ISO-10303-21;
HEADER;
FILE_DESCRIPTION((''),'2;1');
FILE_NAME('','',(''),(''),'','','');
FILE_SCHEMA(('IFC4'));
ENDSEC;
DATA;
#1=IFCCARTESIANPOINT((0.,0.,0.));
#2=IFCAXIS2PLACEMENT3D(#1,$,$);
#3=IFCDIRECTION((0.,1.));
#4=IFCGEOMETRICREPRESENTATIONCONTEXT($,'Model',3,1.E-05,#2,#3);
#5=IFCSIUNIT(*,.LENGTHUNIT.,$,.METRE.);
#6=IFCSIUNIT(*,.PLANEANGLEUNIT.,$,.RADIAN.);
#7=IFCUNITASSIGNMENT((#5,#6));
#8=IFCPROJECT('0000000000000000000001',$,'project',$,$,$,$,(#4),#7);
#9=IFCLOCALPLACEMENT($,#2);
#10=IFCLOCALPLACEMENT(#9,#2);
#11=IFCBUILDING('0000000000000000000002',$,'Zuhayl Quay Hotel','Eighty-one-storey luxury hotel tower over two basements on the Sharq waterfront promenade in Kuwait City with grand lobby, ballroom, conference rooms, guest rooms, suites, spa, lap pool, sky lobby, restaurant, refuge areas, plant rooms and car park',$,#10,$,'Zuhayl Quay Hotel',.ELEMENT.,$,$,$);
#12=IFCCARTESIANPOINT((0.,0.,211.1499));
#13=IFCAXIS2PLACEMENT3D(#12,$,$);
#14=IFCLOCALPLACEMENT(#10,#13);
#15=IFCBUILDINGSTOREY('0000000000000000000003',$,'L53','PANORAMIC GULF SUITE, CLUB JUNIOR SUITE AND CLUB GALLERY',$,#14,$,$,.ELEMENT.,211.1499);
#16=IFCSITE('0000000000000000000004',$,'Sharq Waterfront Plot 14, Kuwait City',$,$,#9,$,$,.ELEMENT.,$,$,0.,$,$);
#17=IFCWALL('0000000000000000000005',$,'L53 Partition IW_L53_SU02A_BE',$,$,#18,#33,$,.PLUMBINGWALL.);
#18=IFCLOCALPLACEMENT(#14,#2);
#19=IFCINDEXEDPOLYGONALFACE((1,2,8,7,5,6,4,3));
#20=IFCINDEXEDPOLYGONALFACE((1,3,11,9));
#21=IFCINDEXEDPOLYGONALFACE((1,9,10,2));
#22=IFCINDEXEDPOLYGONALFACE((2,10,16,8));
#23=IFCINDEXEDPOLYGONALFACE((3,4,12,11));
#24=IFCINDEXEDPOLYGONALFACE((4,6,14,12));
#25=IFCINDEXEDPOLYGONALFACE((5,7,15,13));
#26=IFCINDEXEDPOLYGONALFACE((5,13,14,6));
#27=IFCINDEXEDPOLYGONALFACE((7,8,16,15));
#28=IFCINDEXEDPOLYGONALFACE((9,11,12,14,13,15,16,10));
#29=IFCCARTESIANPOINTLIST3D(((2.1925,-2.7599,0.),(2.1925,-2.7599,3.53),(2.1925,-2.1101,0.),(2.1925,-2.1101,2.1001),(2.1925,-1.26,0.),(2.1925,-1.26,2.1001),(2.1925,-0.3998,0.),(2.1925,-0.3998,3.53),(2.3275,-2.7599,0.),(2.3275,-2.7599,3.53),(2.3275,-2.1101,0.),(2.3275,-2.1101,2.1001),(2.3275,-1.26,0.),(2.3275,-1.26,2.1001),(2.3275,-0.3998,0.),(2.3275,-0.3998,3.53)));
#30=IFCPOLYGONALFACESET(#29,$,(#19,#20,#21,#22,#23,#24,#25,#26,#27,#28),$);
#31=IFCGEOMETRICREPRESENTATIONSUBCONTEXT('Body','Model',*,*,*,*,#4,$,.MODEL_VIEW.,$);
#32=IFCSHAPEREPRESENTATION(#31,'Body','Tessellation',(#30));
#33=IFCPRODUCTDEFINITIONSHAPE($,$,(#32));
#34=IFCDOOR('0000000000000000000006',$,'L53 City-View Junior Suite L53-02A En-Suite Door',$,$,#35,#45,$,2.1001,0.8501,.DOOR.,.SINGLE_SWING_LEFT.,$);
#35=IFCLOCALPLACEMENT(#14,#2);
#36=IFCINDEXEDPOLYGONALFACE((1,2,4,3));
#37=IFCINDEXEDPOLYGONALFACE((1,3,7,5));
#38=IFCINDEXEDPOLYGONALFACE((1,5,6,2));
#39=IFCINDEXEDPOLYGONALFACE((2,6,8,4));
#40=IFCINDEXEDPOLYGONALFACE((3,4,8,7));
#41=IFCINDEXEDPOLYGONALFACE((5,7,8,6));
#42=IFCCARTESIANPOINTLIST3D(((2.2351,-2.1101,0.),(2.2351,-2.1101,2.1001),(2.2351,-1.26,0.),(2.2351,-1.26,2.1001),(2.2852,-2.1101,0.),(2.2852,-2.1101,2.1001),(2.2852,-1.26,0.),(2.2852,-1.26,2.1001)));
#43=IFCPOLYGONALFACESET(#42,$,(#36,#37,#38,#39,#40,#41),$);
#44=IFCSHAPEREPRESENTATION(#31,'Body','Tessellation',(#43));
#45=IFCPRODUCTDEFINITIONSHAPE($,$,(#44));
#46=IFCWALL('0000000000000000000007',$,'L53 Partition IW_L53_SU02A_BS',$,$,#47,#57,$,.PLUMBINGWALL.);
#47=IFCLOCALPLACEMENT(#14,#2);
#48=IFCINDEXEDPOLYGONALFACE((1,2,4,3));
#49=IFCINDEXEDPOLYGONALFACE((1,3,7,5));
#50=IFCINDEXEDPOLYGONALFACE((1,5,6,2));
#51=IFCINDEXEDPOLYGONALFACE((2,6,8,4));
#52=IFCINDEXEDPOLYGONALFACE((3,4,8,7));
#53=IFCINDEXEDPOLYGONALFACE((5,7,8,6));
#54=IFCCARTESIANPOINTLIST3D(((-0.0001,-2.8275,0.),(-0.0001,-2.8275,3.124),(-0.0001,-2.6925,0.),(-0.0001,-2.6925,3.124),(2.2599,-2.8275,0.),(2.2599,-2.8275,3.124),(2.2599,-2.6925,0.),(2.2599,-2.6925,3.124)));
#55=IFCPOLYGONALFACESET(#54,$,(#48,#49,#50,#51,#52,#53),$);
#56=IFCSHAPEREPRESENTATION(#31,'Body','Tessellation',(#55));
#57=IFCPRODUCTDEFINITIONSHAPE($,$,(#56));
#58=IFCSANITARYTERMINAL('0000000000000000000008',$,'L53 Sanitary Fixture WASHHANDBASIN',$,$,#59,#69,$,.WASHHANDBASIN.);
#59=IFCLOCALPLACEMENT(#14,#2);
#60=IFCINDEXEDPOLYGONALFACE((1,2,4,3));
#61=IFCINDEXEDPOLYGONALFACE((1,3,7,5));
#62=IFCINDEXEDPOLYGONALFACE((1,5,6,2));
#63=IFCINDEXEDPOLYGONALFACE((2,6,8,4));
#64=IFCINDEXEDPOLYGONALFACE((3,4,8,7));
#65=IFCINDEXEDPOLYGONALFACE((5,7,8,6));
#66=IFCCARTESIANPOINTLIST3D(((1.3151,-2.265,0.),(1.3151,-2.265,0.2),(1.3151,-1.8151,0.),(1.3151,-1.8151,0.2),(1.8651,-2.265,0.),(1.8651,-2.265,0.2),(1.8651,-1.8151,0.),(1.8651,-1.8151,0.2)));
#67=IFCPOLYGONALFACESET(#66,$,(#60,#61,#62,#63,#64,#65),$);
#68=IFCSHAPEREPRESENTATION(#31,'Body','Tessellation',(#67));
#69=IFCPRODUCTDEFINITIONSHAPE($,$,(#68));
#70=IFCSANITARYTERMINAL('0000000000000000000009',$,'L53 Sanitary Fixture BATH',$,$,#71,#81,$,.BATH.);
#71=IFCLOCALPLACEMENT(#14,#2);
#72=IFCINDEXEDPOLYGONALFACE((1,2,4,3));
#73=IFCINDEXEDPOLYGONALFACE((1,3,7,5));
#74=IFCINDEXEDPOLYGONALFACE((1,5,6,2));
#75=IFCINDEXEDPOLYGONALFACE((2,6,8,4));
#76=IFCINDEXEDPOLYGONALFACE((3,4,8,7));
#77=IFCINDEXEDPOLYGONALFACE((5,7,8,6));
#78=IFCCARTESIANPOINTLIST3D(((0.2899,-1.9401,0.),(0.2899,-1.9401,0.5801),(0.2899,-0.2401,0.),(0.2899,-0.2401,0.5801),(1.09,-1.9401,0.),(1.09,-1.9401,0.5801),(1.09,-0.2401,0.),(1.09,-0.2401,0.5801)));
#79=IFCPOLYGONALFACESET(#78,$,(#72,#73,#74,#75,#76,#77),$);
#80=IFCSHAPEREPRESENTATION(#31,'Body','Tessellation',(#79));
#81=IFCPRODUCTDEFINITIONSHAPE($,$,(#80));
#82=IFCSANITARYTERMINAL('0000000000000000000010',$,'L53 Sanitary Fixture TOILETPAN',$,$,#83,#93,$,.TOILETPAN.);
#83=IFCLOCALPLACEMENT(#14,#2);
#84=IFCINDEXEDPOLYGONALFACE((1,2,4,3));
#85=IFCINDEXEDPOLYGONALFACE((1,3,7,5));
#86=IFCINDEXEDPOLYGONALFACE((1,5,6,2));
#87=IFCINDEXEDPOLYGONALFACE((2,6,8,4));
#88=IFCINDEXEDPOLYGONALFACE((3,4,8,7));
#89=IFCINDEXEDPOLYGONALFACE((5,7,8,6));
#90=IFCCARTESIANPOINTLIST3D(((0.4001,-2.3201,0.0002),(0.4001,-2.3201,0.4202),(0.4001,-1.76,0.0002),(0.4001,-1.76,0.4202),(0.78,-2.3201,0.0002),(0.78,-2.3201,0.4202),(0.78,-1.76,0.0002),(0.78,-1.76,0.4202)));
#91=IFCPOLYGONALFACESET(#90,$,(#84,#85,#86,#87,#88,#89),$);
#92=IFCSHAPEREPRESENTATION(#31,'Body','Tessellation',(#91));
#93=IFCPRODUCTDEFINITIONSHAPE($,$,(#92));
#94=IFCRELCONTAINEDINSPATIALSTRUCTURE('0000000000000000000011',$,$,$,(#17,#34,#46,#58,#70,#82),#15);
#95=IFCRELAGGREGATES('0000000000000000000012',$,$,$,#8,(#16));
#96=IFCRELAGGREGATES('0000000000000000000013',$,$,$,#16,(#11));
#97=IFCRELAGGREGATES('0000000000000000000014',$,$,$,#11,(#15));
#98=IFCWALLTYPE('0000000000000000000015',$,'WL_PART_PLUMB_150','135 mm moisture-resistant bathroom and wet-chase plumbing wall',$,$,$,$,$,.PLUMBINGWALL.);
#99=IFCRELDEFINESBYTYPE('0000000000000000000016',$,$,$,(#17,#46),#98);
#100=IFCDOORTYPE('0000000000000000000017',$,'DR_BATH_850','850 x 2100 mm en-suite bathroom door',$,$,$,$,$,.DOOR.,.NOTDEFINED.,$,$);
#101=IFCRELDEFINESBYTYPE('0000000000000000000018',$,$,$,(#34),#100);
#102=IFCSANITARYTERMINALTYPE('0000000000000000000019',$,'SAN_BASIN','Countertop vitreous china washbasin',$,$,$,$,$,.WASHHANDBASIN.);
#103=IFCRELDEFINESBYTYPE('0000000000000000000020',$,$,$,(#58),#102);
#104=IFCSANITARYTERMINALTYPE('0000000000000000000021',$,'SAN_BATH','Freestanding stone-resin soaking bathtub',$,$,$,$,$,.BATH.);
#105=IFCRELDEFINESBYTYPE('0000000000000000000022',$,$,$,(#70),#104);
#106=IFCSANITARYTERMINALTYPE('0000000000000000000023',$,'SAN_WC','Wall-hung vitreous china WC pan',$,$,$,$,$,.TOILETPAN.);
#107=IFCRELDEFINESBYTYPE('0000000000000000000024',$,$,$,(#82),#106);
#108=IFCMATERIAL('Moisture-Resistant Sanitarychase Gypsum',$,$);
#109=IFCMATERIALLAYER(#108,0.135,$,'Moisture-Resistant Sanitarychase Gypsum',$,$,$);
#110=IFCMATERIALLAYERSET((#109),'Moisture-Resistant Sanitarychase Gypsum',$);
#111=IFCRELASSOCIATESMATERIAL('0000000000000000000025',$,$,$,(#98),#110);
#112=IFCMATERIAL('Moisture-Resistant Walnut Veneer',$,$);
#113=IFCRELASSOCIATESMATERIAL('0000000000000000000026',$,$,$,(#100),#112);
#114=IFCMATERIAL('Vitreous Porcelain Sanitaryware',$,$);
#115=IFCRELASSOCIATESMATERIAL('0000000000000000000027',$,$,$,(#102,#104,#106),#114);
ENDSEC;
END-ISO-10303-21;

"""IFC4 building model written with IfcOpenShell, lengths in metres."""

from ifc_helpers import new_model, si_unit, direction, frame, frame_2d, origin, origin_2d, place, context, subcontext, project, spatial, rectangle, extrude, material, layer, layer_set, type_object, element, fill, save


model = new_model("IFC4")

# Units and contexts
model_context = context("Model", 3, precision=1e-05, world=origin(), true_north=direction((0.0, 1.0)))
body_context = subcontext(model_context, "Body", "Model", "MODEL_VIEW")
ifc_project = project(units=[si_unit("LENGTHUNIT", "METRE"), si_unit("PLANEANGLEUNIT", "RADIAN")], contexts=[model_context])

# Site, building, storey
site_placement = place(None, origin())
site = spatial("IfcSite", under=ifc_project, at=site_placement, Name="Sharq Waterfront Plot 14, Kuwait City", CompositionType="ELEMENT", RefElevation=0.0)
building_placement = place(site_placement, origin())
building = spatial("IfcBuilding", under=site, at=building_placement, Name="Zuhayl Quay Hotel", Description="Eighty-one-storey luxury hotel tower over two basements on the Sharq waterfront promenade in Kuwait City with grand lobby, ballroom, conference rooms, guest rooms, suites, spa, lap pool, sky lobby, restaurant, refuge areas, plant rooms and car park", LongName="Zuhayl Quay Hotel", CompositionType="ELEMENT")
storey_placement = place(building_placement, frame((0.0, 0.0, 211.1499)))
storey = spatial("IfcBuildingStorey", under=building, at=storey_placement, Name="L53", Description="PANORAMIC GULF SUITE, CLUB JUNIOR SUITE AND CLUB GALLERY", CompositionType="ELEMENT", Elevation=211.1499)

# Wall, opening, door
ifc_material_1 = material(Name="Moisture-Resistant Sanitarychase Gypsum")
ifc_layer_1 = layer(ifc_material_1, 0.135, Name="Moisture-Resistant Sanitarychase Gypsum")
ifc_layer_set_1 = layer_set([ifc_layer_1], Name="Moisture-Resistant Sanitarychase Gypsum")
wall_type_1 = type_object("IfcWallType", Name="WL_PART_PLUMB_150", Description="135 mm moisture-resistant bathroom and wet-chase plumbing wall", PredefinedType="PLUMBINGWALL", material=ifc_layer_set_1)
wall_1_placement = place(storey_placement, frame((2.26, -2.76, 0.0), z_axis=(0.0, 0.0, 1.0), x_axis=(0.0, 1.0, 0.0)))
wall_1 = element("IfcWall", 1, at=wall_1_placement, inside=storey, type_object=wall_type_1, Name="L53 Partition IW_L53_SU02A_BE", PredefinedType="PLUMBINGWALL", context=body_context, shape_type="SweptSolid", body=[
    extrude(rectangle(XDim=2.3601, YDim=0.135, at=frame_2d((1.1802, 0.0))), origin(), (0.0, 0.0, 1.0), 3.53),
])
opening_1_placement = place(wall_1_placement, frame((0.6499, 0.0, 0.0)))
opening_1 = element("IfcOpeningElement", 2, at=opening_1_placement, cuts=wall_1, PredefinedType="OPENING", context=body_context, shape_type="SweptSolid", body=[
    extrude(rectangle(XDim=0.8501, YDim=2.1001, at=frame_2d((0.425, 1.05))), frame((0.0, 0.0774, 0.0), z_axis=(0.0, -1.0, 0.0), x_axis=(1.0, 0.0, 0.0)), (0.0, 0.0, 1.0), 0.155),
])
ifc_material_2 = material(Name="Moisture-Resistant Walnut Veneer")
door_type_1 = type_object("IfcDoorType", Name="DR_BATH_850", Description="850 x 2100 mm en-suite bathroom door", OperationType="NOTDEFINED", PredefinedType="DOOR", material=ifc_material_2)
door_1_placement = place(opening_1_placement, origin())
door_1 = element("IfcDoor", 3, at=door_1_placement, inside=storey, type_object=door_type_1, Name="L53 City-View Junior Suite L53-02A En-Suite Door", OperationType="SINGLE_SWING_LEFT", OverallHeight=2.1001, OverallWidth=0.8501, PredefinedType="DOOR", context=body_context, shape_type="SweptSolid", body=[
    extrude(rectangle(XDim=0.8501, YDim=2.1001, at=frame_2d((0.425, 1.05))), frame((0.0, 0.0249, 0.0), z_axis=(0.0, -1.0, 0.0), x_axis=(1.0, 0.0, 0.0)), (0.0, 0.0, 1.0), 0.05),
])
fill(opening_1, door_1)

# Wall
wall_2_placement = place(storey_placement, frame((0.0, -2.76, 0.0), z_axis=(0.0, 0.0, 1.0), x_axis=(1.0, 0.0, 0.0)))
element("IfcWall", 4, at=wall_2_placement, inside=storey, type_object=wall_type_1, Name="L53 Partition IW_L53_SU02A_BS", PredefinedType="PLUMBINGWALL", context=body_context, shape_type="SweptSolid", body=[
    extrude(rectangle(XDim=2.26, YDim=0.135, at=frame_2d((1.1299, 0.0))), origin(), (0.0, 0.0, 1.0), 3.124),
])

# Sanitary terminals
ifc_material_3 = material(Name="Vitreous Porcelain Sanitaryware")
sanitary_terminal_type_1 = type_object("IfcSanitaryTerminalType", Name="SAN_BASIN", Description="Countertop vitreous china washbasin", PredefinedType="WASHHANDBASIN", material=ifc_material_3)
sanitary_terminal_1_placement = place(storey_placement, frame((1.5901, -2.04, 0.0), z_axis=(0.0, 0.0, 1.0), x_axis=(1.0, 0.0, 0.0)))
element("IfcSanitaryTerminal", 5, at=sanitary_terminal_1_placement, inside=storey, type_object=sanitary_terminal_type_1, Name="L53 Sanitary Fixture WASHHANDBASIN", PredefinedType="WASHHANDBASIN", context=body_context, shape_type="SweptSolid", body=[
    extrude(rectangle(XDim=0.55, YDim=0.45, at=origin_2d()), origin(), (0.0, 0.0, 1.0), 0.2),
])
sanitary_terminal_type_2 = type_object("IfcSanitaryTerminalType", Name="SAN_BATH", Description="Freestanding stone-resin soaking bathtub", PredefinedType="BATH", material=ifc_material_3)
sanitary_terminal_2_placement = place(storey_placement, frame((0.6899, -1.0901, 0.0), z_axis=(0.0, 0.0, 1.0), x_axis=(1.0, 0.0, 0.0)))
element("IfcSanitaryTerminal", 6, at=sanitary_terminal_2_placement, inside=storey, type_object=sanitary_terminal_type_2, Name="L53 Sanitary Fixture BATH", PredefinedType="BATH", context=body_context, shape_type="SweptSolid", body=[
    extrude(rectangle(XDim=0.8, YDim=1.7, at=origin_2d()), origin(), (0.0, 0.0, 1.0), 0.5801),
])
sanitary_terminal_type_3 = type_object("IfcSanitaryTerminalType", Name="SAN_WC", Description="Wall-hung vitreous china WC pan", PredefinedType="TOILETPAN", material=ifc_material_3)
sanitary_terminal_3_placement = place(storey_placement, frame((0.5901, -2.04, 0.0002), z_axis=(0.0, 0.0, 1.0), x_axis=(1.0, 0.0, 0.0)))
element("IfcSanitaryTerminal", 7, at=sanitary_terminal_3_placement, inside=storey, type_object=sanitary_terminal_type_3, Name="L53 Sanitary Fixture TOILETPAN", PredefinedType="TOILETPAN", context=body_context, shape_type="SweptSolid", body=[
    extrude(rectangle(XDim=0.3799, YDim=0.5601, at=origin_2d()), origin(), (0.0, 0.0, 1.0), 0.4199),
])

save(model, "model.ifc")
